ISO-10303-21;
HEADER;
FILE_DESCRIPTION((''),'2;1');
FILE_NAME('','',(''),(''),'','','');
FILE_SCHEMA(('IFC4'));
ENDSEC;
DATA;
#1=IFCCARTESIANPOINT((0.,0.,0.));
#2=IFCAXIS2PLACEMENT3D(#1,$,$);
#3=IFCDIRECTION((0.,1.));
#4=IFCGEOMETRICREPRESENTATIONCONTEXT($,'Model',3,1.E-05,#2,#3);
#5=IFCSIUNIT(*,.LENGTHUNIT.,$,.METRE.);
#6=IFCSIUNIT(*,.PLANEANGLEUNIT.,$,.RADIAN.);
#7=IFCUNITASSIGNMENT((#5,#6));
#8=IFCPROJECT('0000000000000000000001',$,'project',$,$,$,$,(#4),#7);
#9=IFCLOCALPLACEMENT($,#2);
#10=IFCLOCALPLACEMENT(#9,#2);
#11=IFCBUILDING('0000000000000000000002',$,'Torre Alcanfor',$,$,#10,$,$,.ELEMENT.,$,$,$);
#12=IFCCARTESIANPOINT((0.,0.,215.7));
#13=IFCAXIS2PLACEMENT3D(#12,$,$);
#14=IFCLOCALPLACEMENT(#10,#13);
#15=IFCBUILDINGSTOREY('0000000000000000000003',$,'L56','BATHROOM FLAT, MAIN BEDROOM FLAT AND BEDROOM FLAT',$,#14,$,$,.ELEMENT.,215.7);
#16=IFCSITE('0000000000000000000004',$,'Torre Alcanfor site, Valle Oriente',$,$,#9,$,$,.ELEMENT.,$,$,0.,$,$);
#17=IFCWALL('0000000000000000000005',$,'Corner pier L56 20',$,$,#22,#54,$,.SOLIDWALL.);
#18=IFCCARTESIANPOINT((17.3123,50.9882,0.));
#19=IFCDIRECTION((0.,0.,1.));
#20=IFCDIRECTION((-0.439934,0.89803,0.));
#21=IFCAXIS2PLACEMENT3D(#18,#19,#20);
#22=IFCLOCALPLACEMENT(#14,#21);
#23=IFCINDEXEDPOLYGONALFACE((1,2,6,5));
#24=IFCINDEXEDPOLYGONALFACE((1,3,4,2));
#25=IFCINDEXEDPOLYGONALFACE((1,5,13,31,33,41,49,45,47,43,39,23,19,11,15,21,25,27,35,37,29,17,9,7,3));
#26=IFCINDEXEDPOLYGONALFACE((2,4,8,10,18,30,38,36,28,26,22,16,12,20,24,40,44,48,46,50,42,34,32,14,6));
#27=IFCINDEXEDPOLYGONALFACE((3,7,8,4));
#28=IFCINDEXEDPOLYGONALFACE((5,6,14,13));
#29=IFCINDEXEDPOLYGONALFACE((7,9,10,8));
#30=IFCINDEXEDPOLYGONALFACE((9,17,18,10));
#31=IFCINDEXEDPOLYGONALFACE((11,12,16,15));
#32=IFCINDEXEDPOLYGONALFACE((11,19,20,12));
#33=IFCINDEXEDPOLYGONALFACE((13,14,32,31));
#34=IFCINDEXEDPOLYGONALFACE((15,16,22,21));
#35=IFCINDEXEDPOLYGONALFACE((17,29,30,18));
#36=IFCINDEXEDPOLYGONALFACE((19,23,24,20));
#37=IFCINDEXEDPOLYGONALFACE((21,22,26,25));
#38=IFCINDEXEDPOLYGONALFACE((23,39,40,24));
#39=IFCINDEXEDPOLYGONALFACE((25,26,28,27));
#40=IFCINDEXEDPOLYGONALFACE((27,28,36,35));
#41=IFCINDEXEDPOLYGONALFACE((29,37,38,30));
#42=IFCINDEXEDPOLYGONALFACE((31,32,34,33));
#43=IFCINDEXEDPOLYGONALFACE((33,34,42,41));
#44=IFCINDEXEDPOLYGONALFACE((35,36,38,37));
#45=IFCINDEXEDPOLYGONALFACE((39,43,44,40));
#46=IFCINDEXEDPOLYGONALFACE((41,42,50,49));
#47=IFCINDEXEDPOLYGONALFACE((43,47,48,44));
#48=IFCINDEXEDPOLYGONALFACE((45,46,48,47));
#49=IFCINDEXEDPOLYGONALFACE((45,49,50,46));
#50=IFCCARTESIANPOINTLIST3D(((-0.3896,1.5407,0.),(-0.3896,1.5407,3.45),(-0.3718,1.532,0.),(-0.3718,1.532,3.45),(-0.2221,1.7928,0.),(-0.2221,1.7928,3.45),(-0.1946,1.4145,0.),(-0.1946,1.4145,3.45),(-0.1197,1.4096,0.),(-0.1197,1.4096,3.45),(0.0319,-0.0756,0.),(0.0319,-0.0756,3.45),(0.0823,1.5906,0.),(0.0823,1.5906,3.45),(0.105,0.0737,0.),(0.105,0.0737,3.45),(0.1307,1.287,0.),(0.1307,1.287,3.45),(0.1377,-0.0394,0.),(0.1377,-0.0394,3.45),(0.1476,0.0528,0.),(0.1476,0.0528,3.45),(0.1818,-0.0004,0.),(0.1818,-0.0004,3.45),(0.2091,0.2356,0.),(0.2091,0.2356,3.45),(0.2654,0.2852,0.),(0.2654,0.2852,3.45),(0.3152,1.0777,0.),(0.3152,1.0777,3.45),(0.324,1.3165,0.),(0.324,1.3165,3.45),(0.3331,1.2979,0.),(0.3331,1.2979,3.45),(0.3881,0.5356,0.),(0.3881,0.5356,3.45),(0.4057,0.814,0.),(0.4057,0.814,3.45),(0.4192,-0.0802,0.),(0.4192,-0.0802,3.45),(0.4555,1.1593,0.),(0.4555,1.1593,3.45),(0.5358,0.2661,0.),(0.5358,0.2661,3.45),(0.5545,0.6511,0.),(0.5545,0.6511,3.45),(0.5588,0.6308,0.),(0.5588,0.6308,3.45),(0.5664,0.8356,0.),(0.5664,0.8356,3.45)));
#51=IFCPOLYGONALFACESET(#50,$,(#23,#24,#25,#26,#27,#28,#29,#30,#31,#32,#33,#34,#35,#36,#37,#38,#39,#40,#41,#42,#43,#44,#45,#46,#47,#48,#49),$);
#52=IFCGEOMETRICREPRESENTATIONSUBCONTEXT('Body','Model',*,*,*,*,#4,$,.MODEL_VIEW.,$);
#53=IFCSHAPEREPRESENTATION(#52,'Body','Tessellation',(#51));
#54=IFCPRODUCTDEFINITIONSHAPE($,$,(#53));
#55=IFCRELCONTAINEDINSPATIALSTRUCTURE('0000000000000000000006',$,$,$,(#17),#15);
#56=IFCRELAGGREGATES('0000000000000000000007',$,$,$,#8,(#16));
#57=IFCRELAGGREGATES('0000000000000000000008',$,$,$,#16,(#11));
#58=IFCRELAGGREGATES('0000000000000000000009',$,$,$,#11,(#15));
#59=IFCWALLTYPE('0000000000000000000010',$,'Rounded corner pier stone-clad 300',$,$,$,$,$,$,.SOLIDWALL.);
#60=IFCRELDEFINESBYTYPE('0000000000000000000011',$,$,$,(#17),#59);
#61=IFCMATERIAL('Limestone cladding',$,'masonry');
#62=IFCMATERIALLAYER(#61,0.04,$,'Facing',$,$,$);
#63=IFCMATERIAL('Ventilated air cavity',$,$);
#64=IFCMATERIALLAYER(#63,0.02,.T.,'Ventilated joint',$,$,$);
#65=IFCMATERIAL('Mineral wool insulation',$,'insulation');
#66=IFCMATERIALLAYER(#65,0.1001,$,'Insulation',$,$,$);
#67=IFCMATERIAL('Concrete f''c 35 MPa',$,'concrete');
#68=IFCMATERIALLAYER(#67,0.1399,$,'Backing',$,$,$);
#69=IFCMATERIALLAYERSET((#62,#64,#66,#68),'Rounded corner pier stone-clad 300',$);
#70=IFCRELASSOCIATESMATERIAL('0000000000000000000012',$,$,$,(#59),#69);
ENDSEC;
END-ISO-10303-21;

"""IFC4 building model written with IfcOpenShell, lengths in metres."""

from ifc_helpers import new_model, si_unit, direction, frame, origin, place, context, subcontext, project, spatial, polyline, outline, extrude, material, layer, layer_set, type_object, element, save


model = new_model("IFC4")

# Units and contexts
model_context = context("Model", 3, precision=1e-05, world=origin(), true_north=direction((0.0, 1.0)))
body_context = subcontext(model_context, "Body", "Model", "MODEL_VIEW")
ifc_project = project(units=[si_unit("LENGTHUNIT", "METRE"), si_unit("PLANEANGLEUNIT", "RADIAN")], contexts=[model_context])

# Site, building, storey
site_placement = place(None, origin())
site = spatial("IfcSite", under=ifc_project, at=site_placement, Name="Torre Alcanfor site, Valle Oriente", CompositionType="ELEMENT", RefElevation=0.0)
building_placement = place(site_placement, origin())
building = spatial("IfcBuilding", under=site, at=building_placement, Name="Torre Alcanfor", CompositionType="ELEMENT")
storey_placement = place(building_placement, frame((0.0, 0.0, 215.7)))
storey = spatial("IfcBuildingStorey", under=building, at=storey_placement, Name="L56", Description="BATHROOM FLAT, MAIN BEDROOM FLAT AND BEDROOM FLAT", CompositionType="ELEMENT", Elevation=215.7)

# Wall
ifc_material_1 = material(Name="Limestone cladding", Category="masonry")
ifc_layer_1 = layer(ifc_material_1, 0.04, Name="Facing")
ifc_material_2 = material(Name="Ventilated air cavity")
ifc_layer_2 = layer(ifc_material_2, 0.02, ventilated=True, Name="Ventilated joint")
ifc_material_3 = material(Name="Mineral wool insulation", Category="insulation")
ifc_layer_3 = layer(ifc_material_3, 0.1001, Name="Insulation")
ifc_material_4 = material(Name="Concrete f'c 35 MPa", Category="concrete")
ifc_layer_4 = layer(ifc_material_4, 0.1399, Name="Backing")
ifc_layer_set_1 = layer_set([ifc_layer_1, ifc_layer_2, ifc_layer_3, ifc_layer_4], Name="Rounded corner pier stone-clad 300")
wall_type_1 = type_object("IfcWallType", Name="Rounded corner pier stone-clad 300", PredefinedType="SOLIDWALL", material=ifc_layer_set_1)
wall_1_placement = place(storey_placement, frame((17.3123, 50.9882, 0.0), z_axis=(0.0, 0.0, 1.0), x_axis=(-0.439934, 0.89803, 0.0)))
element("IfcWall", 1, at=wall_1_placement, inside=storey, type_object=wall_type_1, Name="Corner pier L56 20", PredefinedType="SOLIDWALL", context=body_context, shape_type="SweptSolid", body=[
    extrude(outline(polyline([(0.1377, -0.0394), (0.1818, -0.0004), (0.4192, -0.0802), (0.5358, 0.2661), (0.5588, 0.6308), (0.5545, 0.6511), (0.5664, 0.8356), (0.4555, 1.1593), (0.3331, 1.2979), (0.324, 1.3165), (0.0823, 1.5906), (-0.2221, 1.7928), (-0.3896, 1.5407), (-0.3718, 1.532), (-0.1946, 1.4145), (-0.1197, 1.4096), (0.1307, 1.287), (0.3152, 1.0777), (0.4057, 0.814), (0.3881, 0.5356), (0.2654, 0.2852), (0.2091, 0.2356), (0.1476, 0.0528), (0.105, 0.0737), (0.0319, -0.0756), (0.1377, -0.0394)])), origin(), (0.0, 0.0, 1.0), 3.45),
])

save(model, "model.ifc")
